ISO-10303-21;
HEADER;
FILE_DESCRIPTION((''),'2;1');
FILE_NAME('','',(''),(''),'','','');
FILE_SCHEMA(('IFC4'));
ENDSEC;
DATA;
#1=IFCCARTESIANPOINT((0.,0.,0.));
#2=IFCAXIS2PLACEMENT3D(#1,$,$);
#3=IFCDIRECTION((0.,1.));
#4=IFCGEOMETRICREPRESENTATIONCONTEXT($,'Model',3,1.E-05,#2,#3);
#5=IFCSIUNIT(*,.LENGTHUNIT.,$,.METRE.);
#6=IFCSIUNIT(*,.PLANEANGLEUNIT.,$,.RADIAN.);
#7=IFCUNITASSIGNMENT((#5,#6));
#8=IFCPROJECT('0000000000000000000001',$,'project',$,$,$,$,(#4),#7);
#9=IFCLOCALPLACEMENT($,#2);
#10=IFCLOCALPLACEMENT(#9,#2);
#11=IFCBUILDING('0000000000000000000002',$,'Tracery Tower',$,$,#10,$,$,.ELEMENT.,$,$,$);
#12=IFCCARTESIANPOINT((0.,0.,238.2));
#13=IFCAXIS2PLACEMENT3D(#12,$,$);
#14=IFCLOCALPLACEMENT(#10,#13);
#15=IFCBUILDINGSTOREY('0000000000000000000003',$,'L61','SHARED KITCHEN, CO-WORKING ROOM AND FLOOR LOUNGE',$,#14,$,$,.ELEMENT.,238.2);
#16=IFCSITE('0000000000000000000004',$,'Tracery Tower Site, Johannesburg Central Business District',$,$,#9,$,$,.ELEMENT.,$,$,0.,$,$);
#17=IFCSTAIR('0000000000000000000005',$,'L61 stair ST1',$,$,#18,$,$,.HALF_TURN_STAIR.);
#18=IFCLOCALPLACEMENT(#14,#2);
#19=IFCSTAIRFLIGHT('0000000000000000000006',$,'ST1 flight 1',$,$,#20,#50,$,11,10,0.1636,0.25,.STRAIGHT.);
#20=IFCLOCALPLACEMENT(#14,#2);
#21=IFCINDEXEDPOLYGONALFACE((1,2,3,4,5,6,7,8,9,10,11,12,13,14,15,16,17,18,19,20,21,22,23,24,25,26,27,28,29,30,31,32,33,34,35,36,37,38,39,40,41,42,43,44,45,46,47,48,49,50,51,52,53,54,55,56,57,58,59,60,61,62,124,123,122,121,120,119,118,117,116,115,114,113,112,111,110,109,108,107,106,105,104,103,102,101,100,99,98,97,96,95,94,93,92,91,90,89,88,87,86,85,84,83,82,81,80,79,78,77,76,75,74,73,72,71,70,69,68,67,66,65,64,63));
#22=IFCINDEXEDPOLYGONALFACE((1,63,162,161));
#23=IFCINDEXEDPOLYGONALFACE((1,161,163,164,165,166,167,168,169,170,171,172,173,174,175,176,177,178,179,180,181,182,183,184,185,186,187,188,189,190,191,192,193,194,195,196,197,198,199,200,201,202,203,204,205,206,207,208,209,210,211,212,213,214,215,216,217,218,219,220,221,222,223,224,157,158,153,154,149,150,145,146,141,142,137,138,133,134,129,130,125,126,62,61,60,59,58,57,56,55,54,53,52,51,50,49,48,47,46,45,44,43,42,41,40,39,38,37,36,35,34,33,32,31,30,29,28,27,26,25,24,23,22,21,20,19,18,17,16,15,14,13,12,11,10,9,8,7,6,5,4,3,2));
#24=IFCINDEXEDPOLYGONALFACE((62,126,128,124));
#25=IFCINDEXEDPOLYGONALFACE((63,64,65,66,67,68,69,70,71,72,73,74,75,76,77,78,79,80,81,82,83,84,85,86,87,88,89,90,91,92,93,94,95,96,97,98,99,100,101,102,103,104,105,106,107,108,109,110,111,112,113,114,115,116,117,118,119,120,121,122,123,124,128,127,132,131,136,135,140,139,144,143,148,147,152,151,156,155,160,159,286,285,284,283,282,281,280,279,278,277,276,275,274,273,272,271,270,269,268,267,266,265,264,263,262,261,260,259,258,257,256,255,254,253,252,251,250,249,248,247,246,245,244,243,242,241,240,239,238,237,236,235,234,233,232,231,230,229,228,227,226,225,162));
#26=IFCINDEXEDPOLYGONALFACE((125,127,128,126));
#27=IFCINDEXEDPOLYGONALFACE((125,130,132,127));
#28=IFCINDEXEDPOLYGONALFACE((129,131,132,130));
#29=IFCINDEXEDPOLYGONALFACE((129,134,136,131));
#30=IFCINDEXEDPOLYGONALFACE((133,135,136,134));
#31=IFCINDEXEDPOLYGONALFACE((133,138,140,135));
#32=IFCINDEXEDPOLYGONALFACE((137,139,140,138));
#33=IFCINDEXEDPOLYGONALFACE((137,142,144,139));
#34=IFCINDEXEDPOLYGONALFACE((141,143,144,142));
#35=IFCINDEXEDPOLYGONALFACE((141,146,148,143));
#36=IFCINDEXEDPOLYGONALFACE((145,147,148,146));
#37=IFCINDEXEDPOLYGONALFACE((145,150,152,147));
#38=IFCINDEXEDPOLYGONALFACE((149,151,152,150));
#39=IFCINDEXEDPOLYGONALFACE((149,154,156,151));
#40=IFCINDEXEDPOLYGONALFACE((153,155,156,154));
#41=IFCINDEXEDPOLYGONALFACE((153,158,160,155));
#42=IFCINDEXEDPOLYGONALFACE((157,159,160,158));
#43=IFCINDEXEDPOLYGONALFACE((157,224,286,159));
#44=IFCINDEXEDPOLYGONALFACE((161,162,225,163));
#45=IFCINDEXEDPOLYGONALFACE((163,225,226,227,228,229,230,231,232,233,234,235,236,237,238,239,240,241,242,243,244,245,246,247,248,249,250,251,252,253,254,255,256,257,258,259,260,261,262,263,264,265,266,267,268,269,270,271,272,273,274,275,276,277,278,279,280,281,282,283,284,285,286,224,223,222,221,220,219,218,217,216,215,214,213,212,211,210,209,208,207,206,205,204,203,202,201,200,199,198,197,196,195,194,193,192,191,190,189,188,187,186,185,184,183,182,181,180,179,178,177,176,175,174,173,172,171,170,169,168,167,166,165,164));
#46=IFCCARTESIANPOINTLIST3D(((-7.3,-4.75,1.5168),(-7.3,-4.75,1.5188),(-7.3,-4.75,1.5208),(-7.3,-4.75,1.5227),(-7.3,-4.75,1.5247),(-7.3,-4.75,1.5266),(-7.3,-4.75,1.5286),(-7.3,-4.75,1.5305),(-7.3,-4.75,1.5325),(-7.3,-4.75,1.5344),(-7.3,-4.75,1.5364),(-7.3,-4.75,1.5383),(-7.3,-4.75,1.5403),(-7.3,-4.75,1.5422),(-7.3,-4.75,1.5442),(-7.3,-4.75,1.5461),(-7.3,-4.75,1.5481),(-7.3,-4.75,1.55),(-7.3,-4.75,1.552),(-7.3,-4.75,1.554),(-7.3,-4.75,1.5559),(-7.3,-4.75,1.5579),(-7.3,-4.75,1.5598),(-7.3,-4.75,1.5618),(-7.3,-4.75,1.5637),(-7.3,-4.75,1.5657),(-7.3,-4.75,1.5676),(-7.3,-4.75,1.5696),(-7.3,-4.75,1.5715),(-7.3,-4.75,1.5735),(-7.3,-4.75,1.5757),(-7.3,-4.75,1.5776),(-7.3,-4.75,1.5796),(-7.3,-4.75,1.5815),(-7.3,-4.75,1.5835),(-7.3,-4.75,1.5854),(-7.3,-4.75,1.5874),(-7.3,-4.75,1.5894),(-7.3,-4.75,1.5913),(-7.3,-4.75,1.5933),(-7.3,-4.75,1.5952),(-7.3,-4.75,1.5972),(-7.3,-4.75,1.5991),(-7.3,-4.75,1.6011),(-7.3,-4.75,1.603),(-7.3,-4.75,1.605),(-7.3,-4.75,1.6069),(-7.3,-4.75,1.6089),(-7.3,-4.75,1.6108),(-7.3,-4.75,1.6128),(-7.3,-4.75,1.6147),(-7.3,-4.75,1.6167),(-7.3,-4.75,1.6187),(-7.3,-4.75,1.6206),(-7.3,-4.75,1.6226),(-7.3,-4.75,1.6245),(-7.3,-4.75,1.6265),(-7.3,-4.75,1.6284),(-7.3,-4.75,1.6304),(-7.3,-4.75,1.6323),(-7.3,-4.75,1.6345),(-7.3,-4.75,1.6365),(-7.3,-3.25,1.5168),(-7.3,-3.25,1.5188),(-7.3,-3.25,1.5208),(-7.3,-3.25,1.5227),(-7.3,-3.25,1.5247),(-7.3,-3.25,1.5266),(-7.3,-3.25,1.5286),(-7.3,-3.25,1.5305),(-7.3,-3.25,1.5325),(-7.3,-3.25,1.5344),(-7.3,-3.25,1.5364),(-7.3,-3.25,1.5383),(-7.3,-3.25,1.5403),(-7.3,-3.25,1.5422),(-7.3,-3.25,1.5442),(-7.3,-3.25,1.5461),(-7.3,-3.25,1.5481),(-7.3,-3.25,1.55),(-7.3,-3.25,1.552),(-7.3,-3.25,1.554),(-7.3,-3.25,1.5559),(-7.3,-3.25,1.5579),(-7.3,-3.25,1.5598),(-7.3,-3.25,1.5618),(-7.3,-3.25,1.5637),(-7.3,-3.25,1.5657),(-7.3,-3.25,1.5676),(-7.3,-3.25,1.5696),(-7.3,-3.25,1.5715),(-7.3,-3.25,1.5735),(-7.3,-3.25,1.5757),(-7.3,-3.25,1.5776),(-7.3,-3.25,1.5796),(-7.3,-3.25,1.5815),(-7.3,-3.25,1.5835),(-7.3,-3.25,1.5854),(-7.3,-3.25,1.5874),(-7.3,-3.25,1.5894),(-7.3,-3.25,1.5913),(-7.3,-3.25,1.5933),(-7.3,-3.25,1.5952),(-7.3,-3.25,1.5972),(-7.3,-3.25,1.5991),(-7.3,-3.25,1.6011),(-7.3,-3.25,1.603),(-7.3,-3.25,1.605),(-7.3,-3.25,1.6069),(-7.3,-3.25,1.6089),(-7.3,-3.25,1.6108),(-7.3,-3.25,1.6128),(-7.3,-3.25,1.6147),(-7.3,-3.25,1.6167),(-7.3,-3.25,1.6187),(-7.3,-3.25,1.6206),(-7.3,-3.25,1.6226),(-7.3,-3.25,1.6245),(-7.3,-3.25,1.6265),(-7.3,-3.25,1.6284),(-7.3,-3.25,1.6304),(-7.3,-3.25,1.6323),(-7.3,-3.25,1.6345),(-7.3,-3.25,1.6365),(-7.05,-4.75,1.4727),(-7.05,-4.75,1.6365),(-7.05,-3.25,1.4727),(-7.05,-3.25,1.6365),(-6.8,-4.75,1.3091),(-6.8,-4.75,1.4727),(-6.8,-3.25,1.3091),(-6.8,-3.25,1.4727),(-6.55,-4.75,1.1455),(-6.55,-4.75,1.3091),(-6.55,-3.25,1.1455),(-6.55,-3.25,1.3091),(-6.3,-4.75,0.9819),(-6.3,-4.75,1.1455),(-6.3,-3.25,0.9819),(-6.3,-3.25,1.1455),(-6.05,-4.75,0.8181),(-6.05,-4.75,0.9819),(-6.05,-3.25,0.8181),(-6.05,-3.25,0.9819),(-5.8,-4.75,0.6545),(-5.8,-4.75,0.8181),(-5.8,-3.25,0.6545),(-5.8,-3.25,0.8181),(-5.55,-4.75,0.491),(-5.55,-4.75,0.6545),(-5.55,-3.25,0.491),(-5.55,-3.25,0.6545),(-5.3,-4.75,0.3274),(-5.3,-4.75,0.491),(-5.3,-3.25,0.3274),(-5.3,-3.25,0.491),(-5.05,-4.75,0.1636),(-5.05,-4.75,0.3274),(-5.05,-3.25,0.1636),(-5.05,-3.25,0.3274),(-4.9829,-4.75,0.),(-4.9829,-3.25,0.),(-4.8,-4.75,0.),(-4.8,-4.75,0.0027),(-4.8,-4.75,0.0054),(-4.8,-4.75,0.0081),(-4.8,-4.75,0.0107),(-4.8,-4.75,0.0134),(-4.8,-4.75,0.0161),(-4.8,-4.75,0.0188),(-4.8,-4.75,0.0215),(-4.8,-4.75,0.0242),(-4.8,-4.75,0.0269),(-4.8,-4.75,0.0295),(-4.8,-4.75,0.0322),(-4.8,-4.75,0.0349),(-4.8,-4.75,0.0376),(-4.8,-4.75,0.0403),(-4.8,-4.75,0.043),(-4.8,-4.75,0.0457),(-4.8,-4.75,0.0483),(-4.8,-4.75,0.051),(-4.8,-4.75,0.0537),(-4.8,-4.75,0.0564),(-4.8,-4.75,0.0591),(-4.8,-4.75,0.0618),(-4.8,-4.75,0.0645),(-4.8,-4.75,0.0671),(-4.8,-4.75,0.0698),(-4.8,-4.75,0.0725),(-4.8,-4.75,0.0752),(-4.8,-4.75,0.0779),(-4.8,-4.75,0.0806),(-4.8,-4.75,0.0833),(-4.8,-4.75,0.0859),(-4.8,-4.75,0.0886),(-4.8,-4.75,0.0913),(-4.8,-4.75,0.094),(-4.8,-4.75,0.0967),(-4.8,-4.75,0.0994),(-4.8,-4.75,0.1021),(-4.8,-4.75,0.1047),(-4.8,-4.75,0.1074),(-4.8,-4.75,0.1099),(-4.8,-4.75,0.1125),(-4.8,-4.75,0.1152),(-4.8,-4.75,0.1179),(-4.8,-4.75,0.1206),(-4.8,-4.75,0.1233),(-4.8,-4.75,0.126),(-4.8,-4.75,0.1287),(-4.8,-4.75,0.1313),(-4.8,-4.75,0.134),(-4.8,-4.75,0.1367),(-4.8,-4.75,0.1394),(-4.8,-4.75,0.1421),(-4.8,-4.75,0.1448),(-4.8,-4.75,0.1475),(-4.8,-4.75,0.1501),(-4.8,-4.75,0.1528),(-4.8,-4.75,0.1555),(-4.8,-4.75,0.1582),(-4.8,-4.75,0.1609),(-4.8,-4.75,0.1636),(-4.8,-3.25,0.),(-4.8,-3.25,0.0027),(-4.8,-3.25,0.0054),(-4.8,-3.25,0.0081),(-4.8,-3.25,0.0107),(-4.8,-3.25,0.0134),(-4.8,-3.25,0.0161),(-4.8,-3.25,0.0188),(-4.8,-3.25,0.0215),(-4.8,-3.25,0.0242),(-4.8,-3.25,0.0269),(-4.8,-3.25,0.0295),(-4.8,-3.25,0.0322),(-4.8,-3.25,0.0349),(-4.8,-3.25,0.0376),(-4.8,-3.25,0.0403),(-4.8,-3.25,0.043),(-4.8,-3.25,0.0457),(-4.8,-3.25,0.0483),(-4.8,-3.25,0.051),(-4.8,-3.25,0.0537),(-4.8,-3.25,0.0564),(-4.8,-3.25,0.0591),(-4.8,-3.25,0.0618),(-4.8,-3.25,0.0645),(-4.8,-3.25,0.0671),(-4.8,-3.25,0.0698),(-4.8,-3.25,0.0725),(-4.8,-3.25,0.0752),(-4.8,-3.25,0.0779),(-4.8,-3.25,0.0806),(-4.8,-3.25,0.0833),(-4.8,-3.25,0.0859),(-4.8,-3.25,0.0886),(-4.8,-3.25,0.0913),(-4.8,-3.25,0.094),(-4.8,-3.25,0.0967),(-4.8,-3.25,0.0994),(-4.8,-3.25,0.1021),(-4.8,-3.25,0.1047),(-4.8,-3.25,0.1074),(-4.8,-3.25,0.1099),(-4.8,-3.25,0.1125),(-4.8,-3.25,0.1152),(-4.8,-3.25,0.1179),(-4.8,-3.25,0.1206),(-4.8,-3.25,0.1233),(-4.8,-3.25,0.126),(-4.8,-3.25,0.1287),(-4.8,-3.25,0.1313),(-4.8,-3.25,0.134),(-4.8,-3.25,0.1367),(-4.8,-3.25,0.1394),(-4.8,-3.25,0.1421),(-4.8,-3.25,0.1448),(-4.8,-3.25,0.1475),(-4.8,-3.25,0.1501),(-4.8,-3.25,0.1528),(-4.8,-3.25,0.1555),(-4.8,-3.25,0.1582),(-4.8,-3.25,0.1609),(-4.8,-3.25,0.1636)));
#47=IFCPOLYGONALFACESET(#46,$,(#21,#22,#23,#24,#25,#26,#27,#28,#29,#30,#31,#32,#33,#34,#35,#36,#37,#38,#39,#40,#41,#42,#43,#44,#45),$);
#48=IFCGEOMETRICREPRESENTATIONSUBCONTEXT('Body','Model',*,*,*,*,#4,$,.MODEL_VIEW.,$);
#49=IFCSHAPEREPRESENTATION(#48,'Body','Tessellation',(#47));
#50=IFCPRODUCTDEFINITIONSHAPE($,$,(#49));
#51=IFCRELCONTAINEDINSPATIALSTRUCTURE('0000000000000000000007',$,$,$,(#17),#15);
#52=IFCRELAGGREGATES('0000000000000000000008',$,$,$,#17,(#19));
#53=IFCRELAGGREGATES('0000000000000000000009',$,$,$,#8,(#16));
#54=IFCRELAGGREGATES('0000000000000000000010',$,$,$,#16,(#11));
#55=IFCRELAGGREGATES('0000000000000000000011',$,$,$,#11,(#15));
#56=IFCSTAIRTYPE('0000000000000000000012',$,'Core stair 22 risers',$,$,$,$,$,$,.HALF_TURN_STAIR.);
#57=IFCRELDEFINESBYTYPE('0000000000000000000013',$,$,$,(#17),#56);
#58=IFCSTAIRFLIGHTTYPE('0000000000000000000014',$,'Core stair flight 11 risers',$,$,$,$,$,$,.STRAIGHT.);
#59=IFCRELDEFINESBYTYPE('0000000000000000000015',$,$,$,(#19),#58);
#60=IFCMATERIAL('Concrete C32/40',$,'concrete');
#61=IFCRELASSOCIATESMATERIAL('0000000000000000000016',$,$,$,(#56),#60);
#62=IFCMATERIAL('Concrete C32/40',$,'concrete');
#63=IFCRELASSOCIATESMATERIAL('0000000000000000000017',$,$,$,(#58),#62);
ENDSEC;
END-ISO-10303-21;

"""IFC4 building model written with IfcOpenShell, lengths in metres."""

from ifc_helpers import new_model, si_unit, direction, frame, origin, place, context, subcontext, project, spatial, polyline, outline, extrude, material, type_object, element, aggregate, save


model = new_model("IFC4")

# Units and contexts
model_context = context("Model", 3, precision=1e-05, world=origin(), true_north=direction((0.0, 1.0)))
body_context = subcontext(model_context, "Body", "Model", "MODEL_VIEW")
ifc_project = project(units=[si_unit("LENGTHUNIT", "METRE"), si_unit("PLANEANGLEUNIT", "RADIAN")], contexts=[model_context])

# Site, building, storey
site_placement = place(None, origin())
site = spatial("IfcSite", under=ifc_project, at=site_placement, Name="Tracery Tower Site, Johannesburg Central Business District", CompositionType="ELEMENT", RefElevation=0.0)
building_placement = place(site_placement, origin())
building = spatial("IfcBuilding", under=site, at=building_placement, Name="Tracery Tower", CompositionType="ELEMENT")
storey_placement = place(building_placement, frame((0.0, 0.0, 238.2)))
storey = spatial("IfcBuildingStorey", under=building, at=storey_placement, Name="L61", Description="SHARED KITCHEN, CO-WORKING ROOM AND FLOOR LOUNGE", CompositionType="ELEMENT", Elevation=238.2)

# Stair, stair flight
ifc_material_1 = material(Name="Concrete C32/40", Category="concrete")
stair_type = type_object("IfcStairType", Name="Core stair 22 risers", PredefinedType="HALF_TURN_STAIR", material=ifc_material_1)
stair_placement = place(storey_placement, origin())
stair = element("IfcStair", 1, at=stair_placement, inside=storey, type_object=stair_type, Name="L61 stair ST1", PredefinedType="HALF_TURN_STAIR")
ifc_material_2 = material(Name="Concrete C32/40", Category="concrete")
stair_flight_type = type_object("IfcStairFlightType", Name="Core stair flight 11 risers", PredefinedType="STRAIGHT", material=ifc_material_2)
stair_flight_1_placement = place(storey_placement, frame((-4.8, -4.0, 0.0), z_axis=(0.0, 0.0, 1.0), x_axis=(-1.0, 0.0, 0.0)))
stair_flight_1 = element("IfcStairFlight", 2, at=stair_flight_1_placement, type_object=stair_flight_type, Name="ST1 flight 1", NumberOfRisers=11, NumberOfTreads=10, PredefinedType="STRAIGHT", RiserHeight=0.1636, TreadLength=0.25, context=body_context, shape_type="SweptSolid", body=[
    extrude(outline(polyline([(0.0, 0.0), (0.0, 0.0027), (0.0, 0.0054), (0.0, 0.0081), (0.0, 0.0107), (0.0, 0.0134), (0.0, 0.0161), (0.0, 0.0188), (0.0, 0.0215), (0.0, 0.0242), (0.0, 0.0269), (0.0, 0.0295), (0.0, 0.0322), (0.0, 0.0349), (0.0, 0.0376), (0.0, 0.0403), (0.0, 0.043), (0.0, 0.0457), (0.0, 0.0483), (0.0, 0.051), (0.0, 0.0537), (0.0, 0.0564), (0.0, 0.0591), (0.0, 0.0618), (0.0, 0.0645), (0.0, 0.0671), (0.0, 0.0698), (0.0, 0.0725), (0.0, 0.0752), (0.0, 0.0779), (0.0, 0.0806), (0.0, 0.0833), (0.0, 0.0859), (0.0, 0.0886), (0.0, 0.0913), (0.0, 0.094), (0.0, 0.0967), (0.0, 0.0994), (0.0, 0.1021), (0.0, 0.1047), (0.0, 0.1074), (0.0, 0.1099), (0.0, 0.1125), (0.0, 0.1152), (0.0, 0.1179), (0.0, 0.1206), (0.0, 0.1233), (0.0, 0.126), (0.0, 0.1287), (0.0, 0.1313), (0.0, 0.134), (0.0, 0.1367), (0.0, 0.1394), (0.0, 0.1421), (0.0, 0.1448), (0.0, 0.1475), (0.0, 0.1501), (0.0, 0.1528), (0.0, 0.1555), (0.0, 0.1582), (0.0, 0.1609), (0.0, 0.1636), (0.25, 0.1636), (0.25, 0.3274), (0.5, 0.3274), (0.5, 0.491), (0.75, 0.491), (0.75, 0.6545), (1.0, 0.6545), (1.0, 0.8181), (1.25, 0.8181), (1.25, 0.9819), (1.5, 0.9819), (1.5, 1.1455), (1.75, 1.1455), (1.75, 1.3091), (2.0, 1.3091), (2.0, 1.4727), (2.25, 1.4727), (2.25, 1.6365), (2.5, 1.6365), (2.5, 1.6345), (2.5, 1.6323), (2.5, 1.6304), (2.5, 1.6284), (2.5, 1.6265), (2.5, 1.6245), (2.5, 1.6226), (2.5, 1.6206), (2.5, 1.6187), (2.5, 1.6167), (2.5, 1.6147), (2.5, 1.6128), (2.5, 1.6108), (2.5, 1.6089), (2.5, 1.6069), (2.5, 1.605), (2.5, 1.603), (2.5, 1.6011), (2.5, 1.5991), (2.5, 1.5972), (2.5, 1.5952), (2.5, 1.5933), (2.5, 1.5913), (2.5, 1.5894), (2.5, 1.5874), (2.5, 1.5854), (2.5, 1.5835), (2.5, 1.5815), (2.5, 1.5796), (2.5, 1.5776), (2.5, 1.5757), (2.5, 1.5735), (2.5, 1.5715), (2.5, 1.5696), (2.5, 1.5676), (2.5, 1.5657), (2.5, 1.5637), (2.5, 1.5618), (2.5, 1.5598), (2.5, 1.5579), (2.5, 1.5559), (2.5, 1.554), (2.5, 1.552), (2.5, 1.55), (2.5, 1.5481), (2.5, 1.5461), (2.5, 1.5442), (2.5, 1.5422), (2.5, 1.5403), (2.5, 1.5383), (2.5, 1.5364), (2.5, 1.5344), (2.5, 1.5325), (2.5, 1.5305), (2.5, 1.5286), (2.5, 1.5266), (2.5, 1.5247), (2.5, 1.5227), (2.5, 1.5208), (2.5, 1.5188), (2.5, 1.5168), (0.1829, 0.0), (0.0, 0.0)])), frame((0.0, 0.75, 0.0), z_axis=(0.0, -1.0, 0.0), x_axis=(1.0, 0.0, 0.0)), (0.0, 0.0, 1.0), 1.5),
])
aggregate(stair, [stair_flight_1])

save(model, "model.ifc")
